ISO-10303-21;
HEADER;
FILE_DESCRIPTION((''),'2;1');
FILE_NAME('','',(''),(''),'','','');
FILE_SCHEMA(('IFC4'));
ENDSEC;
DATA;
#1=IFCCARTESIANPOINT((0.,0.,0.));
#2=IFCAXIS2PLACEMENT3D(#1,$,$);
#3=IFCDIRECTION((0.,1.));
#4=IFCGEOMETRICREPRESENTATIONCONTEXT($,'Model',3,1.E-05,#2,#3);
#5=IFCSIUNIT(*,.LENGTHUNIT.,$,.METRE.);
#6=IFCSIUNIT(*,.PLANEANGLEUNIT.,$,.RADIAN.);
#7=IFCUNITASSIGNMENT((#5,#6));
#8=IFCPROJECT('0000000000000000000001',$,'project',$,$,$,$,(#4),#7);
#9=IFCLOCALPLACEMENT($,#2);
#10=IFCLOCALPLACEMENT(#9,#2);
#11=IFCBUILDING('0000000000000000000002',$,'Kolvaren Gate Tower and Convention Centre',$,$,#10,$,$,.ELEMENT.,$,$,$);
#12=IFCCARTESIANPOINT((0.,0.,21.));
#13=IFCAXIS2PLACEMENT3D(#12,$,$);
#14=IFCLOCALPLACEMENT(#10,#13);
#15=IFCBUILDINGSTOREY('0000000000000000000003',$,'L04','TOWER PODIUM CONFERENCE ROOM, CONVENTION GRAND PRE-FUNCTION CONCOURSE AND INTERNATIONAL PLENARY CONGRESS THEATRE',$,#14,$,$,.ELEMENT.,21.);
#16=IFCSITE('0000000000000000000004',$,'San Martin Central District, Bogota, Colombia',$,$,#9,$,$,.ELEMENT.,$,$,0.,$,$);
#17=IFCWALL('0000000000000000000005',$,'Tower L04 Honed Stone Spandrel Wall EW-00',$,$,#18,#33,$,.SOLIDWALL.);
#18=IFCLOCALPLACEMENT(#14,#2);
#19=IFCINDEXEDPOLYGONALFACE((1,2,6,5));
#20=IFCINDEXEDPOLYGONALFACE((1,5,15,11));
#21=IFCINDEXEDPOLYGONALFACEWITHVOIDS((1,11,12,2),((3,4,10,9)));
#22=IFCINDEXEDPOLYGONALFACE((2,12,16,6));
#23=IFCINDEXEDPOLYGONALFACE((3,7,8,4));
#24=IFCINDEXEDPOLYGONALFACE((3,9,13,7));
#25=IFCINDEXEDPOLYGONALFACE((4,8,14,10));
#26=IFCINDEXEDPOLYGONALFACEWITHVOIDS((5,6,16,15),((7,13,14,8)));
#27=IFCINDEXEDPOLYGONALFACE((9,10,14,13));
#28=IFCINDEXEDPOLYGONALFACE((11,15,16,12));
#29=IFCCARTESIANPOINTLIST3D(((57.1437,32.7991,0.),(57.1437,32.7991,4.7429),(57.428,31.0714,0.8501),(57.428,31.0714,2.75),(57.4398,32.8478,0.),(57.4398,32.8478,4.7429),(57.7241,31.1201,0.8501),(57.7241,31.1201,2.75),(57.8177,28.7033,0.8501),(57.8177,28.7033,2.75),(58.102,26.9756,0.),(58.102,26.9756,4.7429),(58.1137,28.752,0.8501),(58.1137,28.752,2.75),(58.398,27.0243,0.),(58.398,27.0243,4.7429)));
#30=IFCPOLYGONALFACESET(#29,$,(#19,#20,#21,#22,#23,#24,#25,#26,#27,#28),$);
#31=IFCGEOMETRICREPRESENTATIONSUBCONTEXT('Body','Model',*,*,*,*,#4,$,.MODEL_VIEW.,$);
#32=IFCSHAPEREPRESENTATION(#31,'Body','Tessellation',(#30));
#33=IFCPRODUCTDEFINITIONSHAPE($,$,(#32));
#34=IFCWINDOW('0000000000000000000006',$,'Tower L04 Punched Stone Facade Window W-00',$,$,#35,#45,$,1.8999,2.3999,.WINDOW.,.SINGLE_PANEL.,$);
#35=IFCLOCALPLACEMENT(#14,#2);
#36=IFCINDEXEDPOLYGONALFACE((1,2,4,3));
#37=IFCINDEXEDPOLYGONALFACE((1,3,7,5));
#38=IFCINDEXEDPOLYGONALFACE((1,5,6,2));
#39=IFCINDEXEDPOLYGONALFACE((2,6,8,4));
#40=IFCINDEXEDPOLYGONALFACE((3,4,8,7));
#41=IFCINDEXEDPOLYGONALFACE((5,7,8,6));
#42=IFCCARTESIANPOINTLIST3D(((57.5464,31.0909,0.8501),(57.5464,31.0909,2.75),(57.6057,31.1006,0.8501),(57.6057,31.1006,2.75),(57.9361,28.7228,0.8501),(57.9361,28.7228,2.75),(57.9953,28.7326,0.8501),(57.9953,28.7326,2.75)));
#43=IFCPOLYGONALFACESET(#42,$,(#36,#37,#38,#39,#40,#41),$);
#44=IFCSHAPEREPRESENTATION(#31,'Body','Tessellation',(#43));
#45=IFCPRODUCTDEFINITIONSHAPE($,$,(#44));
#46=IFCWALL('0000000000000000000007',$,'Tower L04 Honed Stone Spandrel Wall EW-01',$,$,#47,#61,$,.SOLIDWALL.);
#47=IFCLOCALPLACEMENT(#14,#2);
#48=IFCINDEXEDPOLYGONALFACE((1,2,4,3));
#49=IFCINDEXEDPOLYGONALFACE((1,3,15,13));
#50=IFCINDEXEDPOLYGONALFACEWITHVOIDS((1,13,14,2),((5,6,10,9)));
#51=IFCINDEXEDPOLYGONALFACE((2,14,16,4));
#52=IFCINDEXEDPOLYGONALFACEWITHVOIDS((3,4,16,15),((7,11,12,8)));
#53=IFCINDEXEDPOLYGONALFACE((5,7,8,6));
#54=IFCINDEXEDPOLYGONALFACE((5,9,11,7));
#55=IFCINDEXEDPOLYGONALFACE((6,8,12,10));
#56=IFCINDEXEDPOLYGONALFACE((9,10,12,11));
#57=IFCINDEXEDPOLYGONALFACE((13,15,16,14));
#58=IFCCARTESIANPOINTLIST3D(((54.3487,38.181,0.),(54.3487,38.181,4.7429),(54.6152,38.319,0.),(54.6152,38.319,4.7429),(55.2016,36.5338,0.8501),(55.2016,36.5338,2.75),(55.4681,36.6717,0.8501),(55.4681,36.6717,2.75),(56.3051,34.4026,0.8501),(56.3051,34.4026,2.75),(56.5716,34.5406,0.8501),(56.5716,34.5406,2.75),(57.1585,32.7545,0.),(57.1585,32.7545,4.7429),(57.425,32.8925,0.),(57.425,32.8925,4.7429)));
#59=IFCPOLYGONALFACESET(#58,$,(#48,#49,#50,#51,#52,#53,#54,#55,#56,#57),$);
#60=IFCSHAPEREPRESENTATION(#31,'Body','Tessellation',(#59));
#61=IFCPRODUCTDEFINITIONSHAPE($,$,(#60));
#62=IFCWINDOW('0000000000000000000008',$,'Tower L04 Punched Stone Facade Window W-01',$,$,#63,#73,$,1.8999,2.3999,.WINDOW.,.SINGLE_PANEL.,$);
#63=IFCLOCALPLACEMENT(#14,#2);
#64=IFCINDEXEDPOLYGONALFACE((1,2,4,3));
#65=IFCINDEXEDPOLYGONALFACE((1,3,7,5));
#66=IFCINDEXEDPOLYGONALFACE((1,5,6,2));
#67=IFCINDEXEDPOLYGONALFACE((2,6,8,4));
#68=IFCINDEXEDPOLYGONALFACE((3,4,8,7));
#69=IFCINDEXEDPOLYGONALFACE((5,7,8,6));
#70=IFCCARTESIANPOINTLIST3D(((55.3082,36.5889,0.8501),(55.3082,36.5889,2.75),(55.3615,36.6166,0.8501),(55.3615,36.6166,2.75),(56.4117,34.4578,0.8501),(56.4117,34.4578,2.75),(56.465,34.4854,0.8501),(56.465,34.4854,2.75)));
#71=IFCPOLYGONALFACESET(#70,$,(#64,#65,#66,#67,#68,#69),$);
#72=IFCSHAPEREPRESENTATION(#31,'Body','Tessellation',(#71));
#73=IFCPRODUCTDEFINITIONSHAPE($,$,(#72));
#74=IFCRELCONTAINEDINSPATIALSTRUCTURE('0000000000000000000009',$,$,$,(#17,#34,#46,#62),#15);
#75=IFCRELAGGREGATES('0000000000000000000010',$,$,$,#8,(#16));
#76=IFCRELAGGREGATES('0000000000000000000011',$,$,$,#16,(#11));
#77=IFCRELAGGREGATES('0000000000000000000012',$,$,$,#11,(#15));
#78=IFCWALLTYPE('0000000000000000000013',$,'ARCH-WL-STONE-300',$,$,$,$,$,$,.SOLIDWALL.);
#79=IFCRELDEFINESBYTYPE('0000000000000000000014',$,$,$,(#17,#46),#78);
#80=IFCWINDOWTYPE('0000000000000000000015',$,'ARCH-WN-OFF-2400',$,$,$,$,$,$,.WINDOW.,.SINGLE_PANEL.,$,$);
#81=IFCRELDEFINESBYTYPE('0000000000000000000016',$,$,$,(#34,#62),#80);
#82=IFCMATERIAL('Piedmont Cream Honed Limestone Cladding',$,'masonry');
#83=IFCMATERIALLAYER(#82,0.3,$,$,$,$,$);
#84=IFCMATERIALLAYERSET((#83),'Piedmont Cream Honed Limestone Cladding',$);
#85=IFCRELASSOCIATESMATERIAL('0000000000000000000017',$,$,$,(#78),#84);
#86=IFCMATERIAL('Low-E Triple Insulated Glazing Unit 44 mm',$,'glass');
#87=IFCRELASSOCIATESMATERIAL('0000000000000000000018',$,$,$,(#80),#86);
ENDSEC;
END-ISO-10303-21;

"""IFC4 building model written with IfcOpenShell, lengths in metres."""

from ifc_helpers import new_model, si_unit, direction, frame, frame_2d, origin, place, context, subcontext, project, spatial, rectangle, extrude, material, layer, layer_set, type_object, element, fill, save


model = new_model("IFC4")

# Units and contexts
model_context = context("Model", 3, precision=1e-05, world=origin(), true_north=direction((0.0, 1.0)))
body_context = subcontext(model_context, "Body", "Model", "MODEL_VIEW")
ifc_project = project(units=[si_unit("LENGTHUNIT", "METRE"), si_unit("PLANEANGLEUNIT", "RADIAN")], contexts=[model_context])

# Site, building, storey
site_placement = place(None, origin())
site = spatial("IfcSite", under=ifc_project, at=site_placement, Name="San Martin Central District, Bogota, Colombia", CompositionType="ELEMENT", RefElevation=0.0)
building_placement = place(site_placement, origin())
building = spatial("IfcBuilding", under=site, at=building_placement, Name="Kolvaren Gate Tower and Convention Centre", CompositionType="ELEMENT")
storey_placement = place(building_placement, frame((0.0, 0.0, 21.0)))
storey = spatial("IfcBuildingStorey", under=building, at=storey_placement, Name="L04", Description="TOWER PODIUM CONFERENCE ROOM, CONVENTION GRAND PRE-FUNCTION CONCOURSE AND INTERNATIONAL PLENARY CONGRESS THEATRE", CompositionType="ELEMENT", Elevation=21.0)

# Shared definitions
ifc_material_1 = material(Name="Low-E Triple Insulated Glazing Unit 44 mm", Category="glass")

# Walls, openings, windows
ifc_material_2 = material(Name="Piedmont Cream Honed Limestone Cladding", Category="masonry")
ifc_layer_1 = layer(ifc_material_2, 0.3)
ifc_layer_set_1 = layer_set([ifc_layer_1], Name="Piedmont Cream Honed Limestone Cladding")
wall_type_1 = type_object("IfcWallType", Name="ARCH-WL-STONE-300", PredefinedType="SOLIDWALL", material=ifc_layer_set_1)
wall_1_placement = place(storey_placement, frame((57.2917, 32.8235, 0.0), z_axis=(0.0, 0.0, 1.0), x_axis=(0.162366, -0.986731, 0.0)))
wall_1 = element("IfcWall", 1, at=wall_1_placement, inside=storey, type_object=wall_type_1, Name="Tower L04 Honed Stone Spandrel Wall EW-00", PredefinedType="SOLIDWALL", context=body_context, shape_type="SweptSolid", body=[
    extrude(rectangle(XDim=5.9019, YDim=0.3, at=frame_2d((2.9509, 0.0))), origin(), (0.0, 0.0, 1.0), 4.7429),
])
opening_1_placement = place(wall_1_placement, frame((1.751, 0.0, 0.8501)))
opening_1 = element("IfcOpeningElement", 2, at=opening_1_placement, cuts=wall_1, PredefinedType="OPENING", context=body_context, shape_type="SweptSolid", body=[
    extrude(rectangle(XDim=2.3999, YDim=1.8999, at=frame_2d((1.2, 0.95))), frame((0.0, 0.1599, 0.0), z_axis=(0.0, -1.0, 0.0), x_axis=(1.0, 0.0, 0.0)), (0.0, 0.0, 1.0), 0.3201),
])
window_type = type_object("IfcWindowType", Name="ARCH-WN-OFF-2400", PartitioningType="SINGLE_PANEL", PredefinedType="WINDOW", material=ifc_material_1)
window_1_placement = place(opening_1_placement, origin())
window_1 = element("IfcWindow", 3, at=window_1_placement, inside=storey, type_object=window_type, Name="Tower L04 Punched Stone Facade Window W-00", OverallHeight=1.8999, OverallWidth=2.3999, PartitioningType="SINGLE_PANEL", PredefinedType="WINDOW", context=body_context, shape_type="SweptSolid", body=[
    extrude(rectangle(XDim=2.3999, YDim=1.8999, at=frame_2d((1.2, 0.95))), frame((0.0, 0.03, 0.0), z_axis=(0.0, -1.0, 0.0), x_axis=(1.0, 0.0, 0.0)), (0.0, 0.0, 1.0), 0.0601),
])
fill(opening_1, window_1)
wall_2_placement = place(storey_placement, frame((54.4819, 38.25, 0.0), z_axis=(0.0, 0.0, 1.0), x_axis=(0.45981, -0.888017, 0.0)))
wall_2 = element("IfcWall", 4, at=wall_2_placement, inside=storey, type_object=wall_type_1, Name="Tower L04 Honed Stone Spandrel Wall EW-01", PredefinedType="SOLIDWALL", context=body_context, shape_type="SweptSolid", body=[
    extrude(rectangle(XDim=6.1108, YDim=0.3, at=frame_2d((3.0554, 0.0))), origin(), (0.0, 0.0, 1.0), 4.7429),
])
opening_2_placement = place(wall_2_placement, frame((1.855, 0.0, 0.8501)))
opening_2 = element("IfcOpeningElement", 5, at=opening_2_placement, cuts=wall_2, PredefinedType="OPENING", context=body_context, shape_type="SweptSolid", body=[
    extrude(rectangle(XDim=2.3999, YDim=1.8999, at=frame_2d((1.2, 0.95))), frame((0.0, 0.1599, 0.0), z_axis=(0.0, -1.0, 0.0), x_axis=(1.0, 0.0, 0.0)), (0.0, 0.0, 1.0), 0.3201),
])
window_2_placement = place(opening_2_placement, origin())
window_2 = element("IfcWindow", 6, at=window_2_placement, inside=storey, type_object=window_type, Name="Tower L04 Punched Stone Facade Window W-01", OverallHeight=1.8999, OverallWidth=2.3999, PartitioningType="SINGLE_PANEL", PredefinedType="WINDOW", context=body_context, shape_type="SweptSolid", body=[
    extrude(rectangle(XDim=2.3999, YDim=1.8999, at=frame_2d((1.2, 0.95))), frame((0.0, 0.03, 0.0), z_axis=(0.0, -1.0, 0.0), x_axis=(1.0, 0.0, 0.0)), (0.0, 0.0, 1.0), 0.0601),
])
fill(opening_2, window_2)

save(model, "model.ifc")
